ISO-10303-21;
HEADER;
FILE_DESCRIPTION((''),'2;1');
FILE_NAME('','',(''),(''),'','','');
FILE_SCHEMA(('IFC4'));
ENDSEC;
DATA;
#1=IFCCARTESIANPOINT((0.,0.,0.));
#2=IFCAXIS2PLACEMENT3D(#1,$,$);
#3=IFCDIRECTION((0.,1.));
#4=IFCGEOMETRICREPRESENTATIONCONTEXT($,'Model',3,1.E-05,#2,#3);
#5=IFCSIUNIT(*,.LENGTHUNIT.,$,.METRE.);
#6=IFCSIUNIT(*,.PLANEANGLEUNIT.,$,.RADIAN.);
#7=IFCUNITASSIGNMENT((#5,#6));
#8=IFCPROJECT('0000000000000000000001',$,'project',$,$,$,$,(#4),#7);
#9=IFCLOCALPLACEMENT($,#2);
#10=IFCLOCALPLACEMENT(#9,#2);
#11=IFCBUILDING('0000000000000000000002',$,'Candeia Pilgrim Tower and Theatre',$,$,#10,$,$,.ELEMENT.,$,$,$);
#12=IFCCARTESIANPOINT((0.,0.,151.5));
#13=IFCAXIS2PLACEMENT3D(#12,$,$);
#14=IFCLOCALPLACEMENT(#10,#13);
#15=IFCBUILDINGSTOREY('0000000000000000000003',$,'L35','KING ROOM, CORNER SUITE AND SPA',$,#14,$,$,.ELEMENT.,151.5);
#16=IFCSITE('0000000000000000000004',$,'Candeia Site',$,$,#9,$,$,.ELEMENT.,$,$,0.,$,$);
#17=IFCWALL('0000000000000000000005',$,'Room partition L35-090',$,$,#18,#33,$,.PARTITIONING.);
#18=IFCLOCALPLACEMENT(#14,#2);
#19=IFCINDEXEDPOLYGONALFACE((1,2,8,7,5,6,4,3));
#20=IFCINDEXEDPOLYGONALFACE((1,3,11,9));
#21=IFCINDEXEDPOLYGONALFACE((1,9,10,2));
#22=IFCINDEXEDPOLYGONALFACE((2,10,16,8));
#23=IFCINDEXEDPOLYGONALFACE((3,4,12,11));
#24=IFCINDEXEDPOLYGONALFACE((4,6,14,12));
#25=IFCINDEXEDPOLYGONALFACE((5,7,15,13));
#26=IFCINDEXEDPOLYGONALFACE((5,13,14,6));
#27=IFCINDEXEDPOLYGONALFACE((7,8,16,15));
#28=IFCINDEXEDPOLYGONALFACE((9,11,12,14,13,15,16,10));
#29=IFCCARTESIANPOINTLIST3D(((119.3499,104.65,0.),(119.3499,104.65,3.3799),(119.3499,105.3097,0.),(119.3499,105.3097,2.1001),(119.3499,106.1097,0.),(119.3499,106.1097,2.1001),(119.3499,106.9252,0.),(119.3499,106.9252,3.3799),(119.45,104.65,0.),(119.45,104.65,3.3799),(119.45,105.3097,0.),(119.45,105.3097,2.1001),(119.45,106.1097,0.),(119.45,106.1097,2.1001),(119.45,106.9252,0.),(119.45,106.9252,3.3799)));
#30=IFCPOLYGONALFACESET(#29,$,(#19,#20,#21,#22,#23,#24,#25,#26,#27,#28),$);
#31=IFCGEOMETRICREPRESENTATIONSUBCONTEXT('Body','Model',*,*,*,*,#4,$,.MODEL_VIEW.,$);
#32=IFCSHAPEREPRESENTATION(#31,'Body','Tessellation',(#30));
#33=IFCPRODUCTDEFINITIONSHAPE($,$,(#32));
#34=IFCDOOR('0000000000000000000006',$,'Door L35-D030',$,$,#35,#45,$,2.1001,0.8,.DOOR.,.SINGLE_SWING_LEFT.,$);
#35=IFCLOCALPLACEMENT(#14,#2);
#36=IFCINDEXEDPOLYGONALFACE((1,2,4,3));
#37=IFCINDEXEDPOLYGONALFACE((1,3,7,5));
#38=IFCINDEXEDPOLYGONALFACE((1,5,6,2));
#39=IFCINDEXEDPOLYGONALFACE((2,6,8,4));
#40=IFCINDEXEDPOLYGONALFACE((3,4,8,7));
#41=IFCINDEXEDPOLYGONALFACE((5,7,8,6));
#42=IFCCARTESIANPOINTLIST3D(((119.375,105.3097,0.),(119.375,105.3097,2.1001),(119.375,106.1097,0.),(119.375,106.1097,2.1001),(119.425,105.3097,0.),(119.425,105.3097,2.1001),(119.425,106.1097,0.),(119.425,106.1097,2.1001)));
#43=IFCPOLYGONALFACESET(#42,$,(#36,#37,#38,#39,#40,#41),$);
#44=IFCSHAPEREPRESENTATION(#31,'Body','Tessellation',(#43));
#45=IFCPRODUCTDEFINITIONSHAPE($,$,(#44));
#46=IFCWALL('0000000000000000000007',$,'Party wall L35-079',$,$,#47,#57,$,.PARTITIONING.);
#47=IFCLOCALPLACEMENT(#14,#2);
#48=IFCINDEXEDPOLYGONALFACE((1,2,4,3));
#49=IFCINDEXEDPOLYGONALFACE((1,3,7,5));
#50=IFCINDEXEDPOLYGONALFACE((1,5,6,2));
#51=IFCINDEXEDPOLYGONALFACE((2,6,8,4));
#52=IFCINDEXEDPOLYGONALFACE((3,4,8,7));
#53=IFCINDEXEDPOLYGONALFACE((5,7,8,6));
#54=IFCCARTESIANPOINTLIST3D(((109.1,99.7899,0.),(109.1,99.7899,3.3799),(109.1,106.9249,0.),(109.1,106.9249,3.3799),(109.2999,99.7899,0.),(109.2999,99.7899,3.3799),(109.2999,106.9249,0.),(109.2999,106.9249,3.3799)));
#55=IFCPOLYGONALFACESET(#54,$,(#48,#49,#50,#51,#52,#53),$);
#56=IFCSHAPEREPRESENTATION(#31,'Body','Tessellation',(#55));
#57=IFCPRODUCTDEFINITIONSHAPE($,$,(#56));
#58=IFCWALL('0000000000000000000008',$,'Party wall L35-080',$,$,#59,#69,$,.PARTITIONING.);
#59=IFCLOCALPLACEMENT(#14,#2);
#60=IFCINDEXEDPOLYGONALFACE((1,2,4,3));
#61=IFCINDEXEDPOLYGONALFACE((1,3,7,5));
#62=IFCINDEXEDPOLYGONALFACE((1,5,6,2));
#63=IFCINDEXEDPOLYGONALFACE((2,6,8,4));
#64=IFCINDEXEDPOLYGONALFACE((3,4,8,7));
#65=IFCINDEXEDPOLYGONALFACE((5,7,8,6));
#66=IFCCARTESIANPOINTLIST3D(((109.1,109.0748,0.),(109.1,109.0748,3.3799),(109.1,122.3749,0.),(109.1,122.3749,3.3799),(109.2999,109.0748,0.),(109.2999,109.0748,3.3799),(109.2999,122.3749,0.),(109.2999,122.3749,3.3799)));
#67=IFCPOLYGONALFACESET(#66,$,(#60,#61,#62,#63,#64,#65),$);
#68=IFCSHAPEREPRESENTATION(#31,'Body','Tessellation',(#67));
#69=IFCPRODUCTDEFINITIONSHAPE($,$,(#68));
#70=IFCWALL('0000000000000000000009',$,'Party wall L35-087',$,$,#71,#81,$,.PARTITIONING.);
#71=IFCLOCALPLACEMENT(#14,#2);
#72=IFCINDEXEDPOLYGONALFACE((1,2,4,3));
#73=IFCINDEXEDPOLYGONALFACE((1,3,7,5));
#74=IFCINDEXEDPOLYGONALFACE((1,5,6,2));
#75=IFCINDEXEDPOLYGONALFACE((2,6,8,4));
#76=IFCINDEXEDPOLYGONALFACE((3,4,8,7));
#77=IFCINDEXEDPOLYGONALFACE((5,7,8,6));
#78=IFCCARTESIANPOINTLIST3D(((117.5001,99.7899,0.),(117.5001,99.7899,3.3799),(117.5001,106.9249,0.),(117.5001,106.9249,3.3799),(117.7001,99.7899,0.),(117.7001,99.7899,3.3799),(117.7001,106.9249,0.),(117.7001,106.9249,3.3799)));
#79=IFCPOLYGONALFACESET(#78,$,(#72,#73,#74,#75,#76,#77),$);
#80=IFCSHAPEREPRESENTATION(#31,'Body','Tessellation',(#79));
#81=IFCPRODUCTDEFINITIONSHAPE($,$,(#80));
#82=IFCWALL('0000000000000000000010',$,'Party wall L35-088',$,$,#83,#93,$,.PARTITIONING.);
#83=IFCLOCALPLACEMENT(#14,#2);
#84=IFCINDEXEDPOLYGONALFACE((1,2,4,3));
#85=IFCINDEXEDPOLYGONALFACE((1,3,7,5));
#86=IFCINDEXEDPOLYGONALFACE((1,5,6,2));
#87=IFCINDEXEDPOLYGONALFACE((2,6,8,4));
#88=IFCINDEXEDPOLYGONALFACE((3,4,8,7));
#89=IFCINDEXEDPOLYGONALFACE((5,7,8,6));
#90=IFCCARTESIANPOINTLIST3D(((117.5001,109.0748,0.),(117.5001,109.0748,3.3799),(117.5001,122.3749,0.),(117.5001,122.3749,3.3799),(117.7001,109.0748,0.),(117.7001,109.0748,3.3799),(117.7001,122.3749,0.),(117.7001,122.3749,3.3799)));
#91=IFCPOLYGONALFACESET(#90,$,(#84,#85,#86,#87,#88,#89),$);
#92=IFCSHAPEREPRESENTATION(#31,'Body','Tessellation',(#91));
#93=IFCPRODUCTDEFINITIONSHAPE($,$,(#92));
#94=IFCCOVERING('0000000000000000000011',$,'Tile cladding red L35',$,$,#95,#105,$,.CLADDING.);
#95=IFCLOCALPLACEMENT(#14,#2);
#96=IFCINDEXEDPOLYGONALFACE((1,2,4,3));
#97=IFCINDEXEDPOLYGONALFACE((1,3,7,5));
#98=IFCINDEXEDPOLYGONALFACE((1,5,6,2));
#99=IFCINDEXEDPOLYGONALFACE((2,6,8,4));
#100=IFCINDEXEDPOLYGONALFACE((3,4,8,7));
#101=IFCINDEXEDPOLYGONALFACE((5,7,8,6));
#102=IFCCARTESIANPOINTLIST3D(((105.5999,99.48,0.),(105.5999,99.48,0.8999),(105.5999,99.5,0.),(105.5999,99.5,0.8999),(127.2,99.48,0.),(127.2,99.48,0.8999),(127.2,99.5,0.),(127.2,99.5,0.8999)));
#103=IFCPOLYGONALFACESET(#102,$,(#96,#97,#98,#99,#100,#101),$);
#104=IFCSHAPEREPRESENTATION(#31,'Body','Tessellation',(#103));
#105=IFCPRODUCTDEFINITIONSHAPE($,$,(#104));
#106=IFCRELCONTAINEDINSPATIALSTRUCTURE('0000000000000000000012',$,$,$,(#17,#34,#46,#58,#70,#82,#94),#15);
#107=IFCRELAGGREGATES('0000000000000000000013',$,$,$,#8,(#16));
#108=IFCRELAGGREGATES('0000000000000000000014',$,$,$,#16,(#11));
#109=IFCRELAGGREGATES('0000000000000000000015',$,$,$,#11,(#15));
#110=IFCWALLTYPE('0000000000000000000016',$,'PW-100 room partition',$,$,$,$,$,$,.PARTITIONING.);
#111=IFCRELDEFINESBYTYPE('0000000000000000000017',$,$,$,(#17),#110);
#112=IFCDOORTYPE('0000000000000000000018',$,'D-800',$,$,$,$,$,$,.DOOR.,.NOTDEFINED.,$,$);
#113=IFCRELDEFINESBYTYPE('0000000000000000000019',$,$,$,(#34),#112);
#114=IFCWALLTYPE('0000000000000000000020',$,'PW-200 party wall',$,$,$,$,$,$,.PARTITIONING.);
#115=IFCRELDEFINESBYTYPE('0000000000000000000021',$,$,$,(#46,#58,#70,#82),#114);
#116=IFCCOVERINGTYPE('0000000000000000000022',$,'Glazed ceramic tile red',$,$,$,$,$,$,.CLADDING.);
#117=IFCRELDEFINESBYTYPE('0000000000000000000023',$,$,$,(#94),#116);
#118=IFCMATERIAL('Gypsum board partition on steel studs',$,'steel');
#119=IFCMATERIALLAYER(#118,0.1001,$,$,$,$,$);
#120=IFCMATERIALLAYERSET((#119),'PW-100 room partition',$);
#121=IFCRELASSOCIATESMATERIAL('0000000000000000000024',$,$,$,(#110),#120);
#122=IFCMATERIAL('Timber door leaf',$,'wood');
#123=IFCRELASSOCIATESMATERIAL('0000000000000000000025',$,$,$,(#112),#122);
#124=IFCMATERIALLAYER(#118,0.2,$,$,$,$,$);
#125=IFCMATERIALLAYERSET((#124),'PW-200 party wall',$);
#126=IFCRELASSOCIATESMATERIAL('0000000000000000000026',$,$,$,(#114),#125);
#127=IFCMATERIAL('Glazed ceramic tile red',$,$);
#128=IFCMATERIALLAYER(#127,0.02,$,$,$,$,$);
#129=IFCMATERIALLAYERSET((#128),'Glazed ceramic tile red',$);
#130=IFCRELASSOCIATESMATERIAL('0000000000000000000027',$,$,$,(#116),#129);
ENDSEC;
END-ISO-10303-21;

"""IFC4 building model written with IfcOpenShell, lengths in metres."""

from ifc_helpers import new_model, si_unit, direction, frame, frame_2d, origin, origin_2d, place, context, subcontext, project, spatial, rectangle, extrude, material, layer, layer_set, type_object, element, fill, save


model = new_model("IFC4")

# Units and contexts
model_context = context("Model", 3, precision=1e-05, world=origin(), true_north=direction((0.0, 1.0)))
body_context = subcontext(model_context, "Body", "Model", "MODEL_VIEW")
ifc_project = project(units=[si_unit("LENGTHUNIT", "METRE"), si_unit("PLANEANGLEUNIT", "RADIAN")], contexts=[model_context])

# Site, building, storey
site_placement = place(None, origin())
site = spatial("IfcSite", under=ifc_project, at=site_placement, Name="Candeia Site", CompositionType="ELEMENT", RefElevation=0.0)
building_placement = place(site_placement, origin())
building = spatial("IfcBuilding", under=site, at=building_placement, Name="Candeia Pilgrim Tower and Theatre", CompositionType="ELEMENT")
storey_placement = place(building_placement, frame((0.0, 0.0, 151.5)))
storey = spatial("IfcBuildingStorey", under=building, at=storey_placement, Name="L35", Description="KING ROOM, CORNER SUITE AND SPA", CompositionType="ELEMENT", Elevation=151.5)

# Shared definitions
ifc_material_1 = material(Name="Gypsum board partition on steel studs", Category="steel")
ifc_layer_1 = layer(ifc_material_1, 0.1001)
ifc_layer_set_1 = layer_set([ifc_layer_1], Name="PW-100 room partition")
wall_type_1 = type_object("IfcWallType", Name="PW-100 room partition", PredefinedType="PARTITIONING", material=ifc_layer_set_1)

# Wall, opening, door
ifc_material_2 = material(Name="Timber door leaf", Category="wood")
door_type_1 = type_object("IfcDoorType", Name="D-800", OperationType="NOTDEFINED", PredefinedType="DOOR", material=ifc_material_2)
wall_1_placement = place(storey_placement, frame((119.3999, 104.6499, 0.0), z_axis=(0.0, 0.0, 1.0), x_axis=(0.0, 1.0, 0.0)))
wall_1 = element("IfcWall", 1, at=wall_1_placement, inside=storey, type_object=wall_type_1, Name="Room partition L35-090", PredefinedType="PARTITIONING", context=body_context, shape_type="SweptSolid", body=[
    extrude(rectangle(XDim=2.2751, YDim=0.1001, at=frame_2d((1.1377, 0.0))), origin(), (0.0, 0.0, 1.0), 3.3799),
])
opening_1_placement = place(wall_1_placement, frame((0.6599, 0.0, 0.0)))
opening_1 = element("IfcOpeningElement", 2, at=opening_1_placement, cuts=wall_1, PredefinedType="OPENING", context=body_context, shape_type="SweptSolid", body=[
    extrude(rectangle(XDim=0.8, YDim=2.1001, at=frame_2d((0.3999, 1.05))), frame((0.0, 0.0601, 0.0), z_axis=(0.0, -1.0, 0.0), x_axis=(1.0, 0.0, 0.0)), (0.0, 0.0, 1.0), 0.1201),
])
door_1_placement = place(opening_1_placement, origin())
door_1 = element("IfcDoor", 3, at=door_1_placement, inside=storey, type_object=door_type_1, Name="Door L35-D030", OperationType="SINGLE_SWING_LEFT", OverallHeight=2.1001, OverallWidth=0.8, PredefinedType="DOOR", context=body_context, shape_type="SweptSolid", body=[
    extrude(rectangle(XDim=0.8, YDim=2.1001, at=frame_2d((0.3999, 1.05))), frame((0.0, 0.0249, 0.0), z_axis=(0.0, -1.0, 0.0), x_axis=(1.0, 0.0, 0.0)), (0.0, 0.0, 1.0), 0.05),
])
fill(opening_1, door_1)

# Walls
ifc_layer_2 = layer(ifc_material_1, 0.2)
ifc_layer_set_2 = layer_set([ifc_layer_2], Name="PW-200 party wall")
wall_type_2 = type_object("IfcWallType", Name="PW-200 party wall", PredefinedType="PARTITIONING", material=ifc_layer_set_2)
wall_2_placement = place(storey_placement, frame((109.2, 99.79, 0.0), z_axis=(0.0, 0.0, 1.0), x_axis=(0.0, 1.0, 0.0)))
element("IfcWall", 4, at=wall_2_placement, inside=storey, type_object=wall_type_2, Name="Party wall L35-079", PredefinedType="PARTITIONING", context=body_context, shape_type="SweptSolid", body=[
    extrude(rectangle(XDim=7.135, YDim=0.2, at=frame_2d((3.5674, 0.0))), origin(), (0.0, 0.0, 1.0), 3.3799),
])
wall_3_placement = place(storey_placement, frame((109.2, 109.075, 0.0), z_axis=(0.0, 0.0, 1.0), x_axis=(0.0, 1.0, 0.0)))
element("IfcWall", 5, at=wall_3_placement, inside=storey, type_object=wall_type_2, Name="Party wall L35-080", PredefinedType="PARTITIONING", context=body_context, shape_type="SweptSolid", body=[
    extrude(rectangle(XDim=13.3, YDim=0.2, at=frame_2d((6.6499, 0.0))), origin(), (0.0, 0.0, 1.0), 3.3799),
])
wall_4_placement = place(storey_placement, frame((117.6001, 99.79, 0.0), z_axis=(0.0, 0.0, 1.0), x_axis=(0.0, 1.0, 0.0)))
element("IfcWall", 6, at=wall_4_placement, inside=storey, type_object=wall_type_2, Name="Party wall L35-087", PredefinedType="PARTITIONING", context=body_context, shape_type="SweptSolid", body=[
    extrude(rectangle(XDim=7.135, YDim=0.2, at=frame_2d((3.5674, 0.0))), origin(), (0.0, 0.0, 1.0), 3.3799),
])
wall_5_placement = place(storey_placement, frame((117.6001, 109.075, 0.0), z_axis=(0.0, 0.0, 1.0), x_axis=(0.0, 1.0, 0.0)))
element("IfcWall", 7, at=wall_5_placement, inside=storey, type_object=wall_type_2, Name="Party wall L35-088", PredefinedType="PARTITIONING", context=body_context, shape_type="SweptSolid", body=[
    extrude(rectangle(XDim=13.3, YDim=0.2, at=frame_2d((6.6499, 0.0))), origin(), (0.0, 0.0, 1.0), 3.3799),
])

# Covering
ifc_material_3 = material(Name="Glazed ceramic tile red")
ifc_layer_3 = layer(ifc_material_3, 0.02)
ifc_layer_set_3 = layer_set([ifc_layer_3], Name="Glazed ceramic tile red")
covering_type = type_object("IfcCoveringType", Name="Glazed ceramic tile red", PredefinedType="CLADDING", material=ifc_layer_set_3)
covering_placement = place(storey_placement, frame((116.3999, 99.49, 0.0), z_axis=(0.0, 0.0, 1.0), x_axis=(1.0, 0.0, 0.0)))
element("IfcCovering", 8, at=covering_placement, inside=storey, type_object=covering_type, Name="Tile cladding red L35", PredefinedType="CLADDING", context=body_context, shape_type="SweptSolid", body=[
    extrude(rectangle(XDim=21.6001, YDim=0.02, at=origin_2d()), origin(), (0.0, 0.0, 1.0), 0.8999),
])

save(model, "model.ifc")
